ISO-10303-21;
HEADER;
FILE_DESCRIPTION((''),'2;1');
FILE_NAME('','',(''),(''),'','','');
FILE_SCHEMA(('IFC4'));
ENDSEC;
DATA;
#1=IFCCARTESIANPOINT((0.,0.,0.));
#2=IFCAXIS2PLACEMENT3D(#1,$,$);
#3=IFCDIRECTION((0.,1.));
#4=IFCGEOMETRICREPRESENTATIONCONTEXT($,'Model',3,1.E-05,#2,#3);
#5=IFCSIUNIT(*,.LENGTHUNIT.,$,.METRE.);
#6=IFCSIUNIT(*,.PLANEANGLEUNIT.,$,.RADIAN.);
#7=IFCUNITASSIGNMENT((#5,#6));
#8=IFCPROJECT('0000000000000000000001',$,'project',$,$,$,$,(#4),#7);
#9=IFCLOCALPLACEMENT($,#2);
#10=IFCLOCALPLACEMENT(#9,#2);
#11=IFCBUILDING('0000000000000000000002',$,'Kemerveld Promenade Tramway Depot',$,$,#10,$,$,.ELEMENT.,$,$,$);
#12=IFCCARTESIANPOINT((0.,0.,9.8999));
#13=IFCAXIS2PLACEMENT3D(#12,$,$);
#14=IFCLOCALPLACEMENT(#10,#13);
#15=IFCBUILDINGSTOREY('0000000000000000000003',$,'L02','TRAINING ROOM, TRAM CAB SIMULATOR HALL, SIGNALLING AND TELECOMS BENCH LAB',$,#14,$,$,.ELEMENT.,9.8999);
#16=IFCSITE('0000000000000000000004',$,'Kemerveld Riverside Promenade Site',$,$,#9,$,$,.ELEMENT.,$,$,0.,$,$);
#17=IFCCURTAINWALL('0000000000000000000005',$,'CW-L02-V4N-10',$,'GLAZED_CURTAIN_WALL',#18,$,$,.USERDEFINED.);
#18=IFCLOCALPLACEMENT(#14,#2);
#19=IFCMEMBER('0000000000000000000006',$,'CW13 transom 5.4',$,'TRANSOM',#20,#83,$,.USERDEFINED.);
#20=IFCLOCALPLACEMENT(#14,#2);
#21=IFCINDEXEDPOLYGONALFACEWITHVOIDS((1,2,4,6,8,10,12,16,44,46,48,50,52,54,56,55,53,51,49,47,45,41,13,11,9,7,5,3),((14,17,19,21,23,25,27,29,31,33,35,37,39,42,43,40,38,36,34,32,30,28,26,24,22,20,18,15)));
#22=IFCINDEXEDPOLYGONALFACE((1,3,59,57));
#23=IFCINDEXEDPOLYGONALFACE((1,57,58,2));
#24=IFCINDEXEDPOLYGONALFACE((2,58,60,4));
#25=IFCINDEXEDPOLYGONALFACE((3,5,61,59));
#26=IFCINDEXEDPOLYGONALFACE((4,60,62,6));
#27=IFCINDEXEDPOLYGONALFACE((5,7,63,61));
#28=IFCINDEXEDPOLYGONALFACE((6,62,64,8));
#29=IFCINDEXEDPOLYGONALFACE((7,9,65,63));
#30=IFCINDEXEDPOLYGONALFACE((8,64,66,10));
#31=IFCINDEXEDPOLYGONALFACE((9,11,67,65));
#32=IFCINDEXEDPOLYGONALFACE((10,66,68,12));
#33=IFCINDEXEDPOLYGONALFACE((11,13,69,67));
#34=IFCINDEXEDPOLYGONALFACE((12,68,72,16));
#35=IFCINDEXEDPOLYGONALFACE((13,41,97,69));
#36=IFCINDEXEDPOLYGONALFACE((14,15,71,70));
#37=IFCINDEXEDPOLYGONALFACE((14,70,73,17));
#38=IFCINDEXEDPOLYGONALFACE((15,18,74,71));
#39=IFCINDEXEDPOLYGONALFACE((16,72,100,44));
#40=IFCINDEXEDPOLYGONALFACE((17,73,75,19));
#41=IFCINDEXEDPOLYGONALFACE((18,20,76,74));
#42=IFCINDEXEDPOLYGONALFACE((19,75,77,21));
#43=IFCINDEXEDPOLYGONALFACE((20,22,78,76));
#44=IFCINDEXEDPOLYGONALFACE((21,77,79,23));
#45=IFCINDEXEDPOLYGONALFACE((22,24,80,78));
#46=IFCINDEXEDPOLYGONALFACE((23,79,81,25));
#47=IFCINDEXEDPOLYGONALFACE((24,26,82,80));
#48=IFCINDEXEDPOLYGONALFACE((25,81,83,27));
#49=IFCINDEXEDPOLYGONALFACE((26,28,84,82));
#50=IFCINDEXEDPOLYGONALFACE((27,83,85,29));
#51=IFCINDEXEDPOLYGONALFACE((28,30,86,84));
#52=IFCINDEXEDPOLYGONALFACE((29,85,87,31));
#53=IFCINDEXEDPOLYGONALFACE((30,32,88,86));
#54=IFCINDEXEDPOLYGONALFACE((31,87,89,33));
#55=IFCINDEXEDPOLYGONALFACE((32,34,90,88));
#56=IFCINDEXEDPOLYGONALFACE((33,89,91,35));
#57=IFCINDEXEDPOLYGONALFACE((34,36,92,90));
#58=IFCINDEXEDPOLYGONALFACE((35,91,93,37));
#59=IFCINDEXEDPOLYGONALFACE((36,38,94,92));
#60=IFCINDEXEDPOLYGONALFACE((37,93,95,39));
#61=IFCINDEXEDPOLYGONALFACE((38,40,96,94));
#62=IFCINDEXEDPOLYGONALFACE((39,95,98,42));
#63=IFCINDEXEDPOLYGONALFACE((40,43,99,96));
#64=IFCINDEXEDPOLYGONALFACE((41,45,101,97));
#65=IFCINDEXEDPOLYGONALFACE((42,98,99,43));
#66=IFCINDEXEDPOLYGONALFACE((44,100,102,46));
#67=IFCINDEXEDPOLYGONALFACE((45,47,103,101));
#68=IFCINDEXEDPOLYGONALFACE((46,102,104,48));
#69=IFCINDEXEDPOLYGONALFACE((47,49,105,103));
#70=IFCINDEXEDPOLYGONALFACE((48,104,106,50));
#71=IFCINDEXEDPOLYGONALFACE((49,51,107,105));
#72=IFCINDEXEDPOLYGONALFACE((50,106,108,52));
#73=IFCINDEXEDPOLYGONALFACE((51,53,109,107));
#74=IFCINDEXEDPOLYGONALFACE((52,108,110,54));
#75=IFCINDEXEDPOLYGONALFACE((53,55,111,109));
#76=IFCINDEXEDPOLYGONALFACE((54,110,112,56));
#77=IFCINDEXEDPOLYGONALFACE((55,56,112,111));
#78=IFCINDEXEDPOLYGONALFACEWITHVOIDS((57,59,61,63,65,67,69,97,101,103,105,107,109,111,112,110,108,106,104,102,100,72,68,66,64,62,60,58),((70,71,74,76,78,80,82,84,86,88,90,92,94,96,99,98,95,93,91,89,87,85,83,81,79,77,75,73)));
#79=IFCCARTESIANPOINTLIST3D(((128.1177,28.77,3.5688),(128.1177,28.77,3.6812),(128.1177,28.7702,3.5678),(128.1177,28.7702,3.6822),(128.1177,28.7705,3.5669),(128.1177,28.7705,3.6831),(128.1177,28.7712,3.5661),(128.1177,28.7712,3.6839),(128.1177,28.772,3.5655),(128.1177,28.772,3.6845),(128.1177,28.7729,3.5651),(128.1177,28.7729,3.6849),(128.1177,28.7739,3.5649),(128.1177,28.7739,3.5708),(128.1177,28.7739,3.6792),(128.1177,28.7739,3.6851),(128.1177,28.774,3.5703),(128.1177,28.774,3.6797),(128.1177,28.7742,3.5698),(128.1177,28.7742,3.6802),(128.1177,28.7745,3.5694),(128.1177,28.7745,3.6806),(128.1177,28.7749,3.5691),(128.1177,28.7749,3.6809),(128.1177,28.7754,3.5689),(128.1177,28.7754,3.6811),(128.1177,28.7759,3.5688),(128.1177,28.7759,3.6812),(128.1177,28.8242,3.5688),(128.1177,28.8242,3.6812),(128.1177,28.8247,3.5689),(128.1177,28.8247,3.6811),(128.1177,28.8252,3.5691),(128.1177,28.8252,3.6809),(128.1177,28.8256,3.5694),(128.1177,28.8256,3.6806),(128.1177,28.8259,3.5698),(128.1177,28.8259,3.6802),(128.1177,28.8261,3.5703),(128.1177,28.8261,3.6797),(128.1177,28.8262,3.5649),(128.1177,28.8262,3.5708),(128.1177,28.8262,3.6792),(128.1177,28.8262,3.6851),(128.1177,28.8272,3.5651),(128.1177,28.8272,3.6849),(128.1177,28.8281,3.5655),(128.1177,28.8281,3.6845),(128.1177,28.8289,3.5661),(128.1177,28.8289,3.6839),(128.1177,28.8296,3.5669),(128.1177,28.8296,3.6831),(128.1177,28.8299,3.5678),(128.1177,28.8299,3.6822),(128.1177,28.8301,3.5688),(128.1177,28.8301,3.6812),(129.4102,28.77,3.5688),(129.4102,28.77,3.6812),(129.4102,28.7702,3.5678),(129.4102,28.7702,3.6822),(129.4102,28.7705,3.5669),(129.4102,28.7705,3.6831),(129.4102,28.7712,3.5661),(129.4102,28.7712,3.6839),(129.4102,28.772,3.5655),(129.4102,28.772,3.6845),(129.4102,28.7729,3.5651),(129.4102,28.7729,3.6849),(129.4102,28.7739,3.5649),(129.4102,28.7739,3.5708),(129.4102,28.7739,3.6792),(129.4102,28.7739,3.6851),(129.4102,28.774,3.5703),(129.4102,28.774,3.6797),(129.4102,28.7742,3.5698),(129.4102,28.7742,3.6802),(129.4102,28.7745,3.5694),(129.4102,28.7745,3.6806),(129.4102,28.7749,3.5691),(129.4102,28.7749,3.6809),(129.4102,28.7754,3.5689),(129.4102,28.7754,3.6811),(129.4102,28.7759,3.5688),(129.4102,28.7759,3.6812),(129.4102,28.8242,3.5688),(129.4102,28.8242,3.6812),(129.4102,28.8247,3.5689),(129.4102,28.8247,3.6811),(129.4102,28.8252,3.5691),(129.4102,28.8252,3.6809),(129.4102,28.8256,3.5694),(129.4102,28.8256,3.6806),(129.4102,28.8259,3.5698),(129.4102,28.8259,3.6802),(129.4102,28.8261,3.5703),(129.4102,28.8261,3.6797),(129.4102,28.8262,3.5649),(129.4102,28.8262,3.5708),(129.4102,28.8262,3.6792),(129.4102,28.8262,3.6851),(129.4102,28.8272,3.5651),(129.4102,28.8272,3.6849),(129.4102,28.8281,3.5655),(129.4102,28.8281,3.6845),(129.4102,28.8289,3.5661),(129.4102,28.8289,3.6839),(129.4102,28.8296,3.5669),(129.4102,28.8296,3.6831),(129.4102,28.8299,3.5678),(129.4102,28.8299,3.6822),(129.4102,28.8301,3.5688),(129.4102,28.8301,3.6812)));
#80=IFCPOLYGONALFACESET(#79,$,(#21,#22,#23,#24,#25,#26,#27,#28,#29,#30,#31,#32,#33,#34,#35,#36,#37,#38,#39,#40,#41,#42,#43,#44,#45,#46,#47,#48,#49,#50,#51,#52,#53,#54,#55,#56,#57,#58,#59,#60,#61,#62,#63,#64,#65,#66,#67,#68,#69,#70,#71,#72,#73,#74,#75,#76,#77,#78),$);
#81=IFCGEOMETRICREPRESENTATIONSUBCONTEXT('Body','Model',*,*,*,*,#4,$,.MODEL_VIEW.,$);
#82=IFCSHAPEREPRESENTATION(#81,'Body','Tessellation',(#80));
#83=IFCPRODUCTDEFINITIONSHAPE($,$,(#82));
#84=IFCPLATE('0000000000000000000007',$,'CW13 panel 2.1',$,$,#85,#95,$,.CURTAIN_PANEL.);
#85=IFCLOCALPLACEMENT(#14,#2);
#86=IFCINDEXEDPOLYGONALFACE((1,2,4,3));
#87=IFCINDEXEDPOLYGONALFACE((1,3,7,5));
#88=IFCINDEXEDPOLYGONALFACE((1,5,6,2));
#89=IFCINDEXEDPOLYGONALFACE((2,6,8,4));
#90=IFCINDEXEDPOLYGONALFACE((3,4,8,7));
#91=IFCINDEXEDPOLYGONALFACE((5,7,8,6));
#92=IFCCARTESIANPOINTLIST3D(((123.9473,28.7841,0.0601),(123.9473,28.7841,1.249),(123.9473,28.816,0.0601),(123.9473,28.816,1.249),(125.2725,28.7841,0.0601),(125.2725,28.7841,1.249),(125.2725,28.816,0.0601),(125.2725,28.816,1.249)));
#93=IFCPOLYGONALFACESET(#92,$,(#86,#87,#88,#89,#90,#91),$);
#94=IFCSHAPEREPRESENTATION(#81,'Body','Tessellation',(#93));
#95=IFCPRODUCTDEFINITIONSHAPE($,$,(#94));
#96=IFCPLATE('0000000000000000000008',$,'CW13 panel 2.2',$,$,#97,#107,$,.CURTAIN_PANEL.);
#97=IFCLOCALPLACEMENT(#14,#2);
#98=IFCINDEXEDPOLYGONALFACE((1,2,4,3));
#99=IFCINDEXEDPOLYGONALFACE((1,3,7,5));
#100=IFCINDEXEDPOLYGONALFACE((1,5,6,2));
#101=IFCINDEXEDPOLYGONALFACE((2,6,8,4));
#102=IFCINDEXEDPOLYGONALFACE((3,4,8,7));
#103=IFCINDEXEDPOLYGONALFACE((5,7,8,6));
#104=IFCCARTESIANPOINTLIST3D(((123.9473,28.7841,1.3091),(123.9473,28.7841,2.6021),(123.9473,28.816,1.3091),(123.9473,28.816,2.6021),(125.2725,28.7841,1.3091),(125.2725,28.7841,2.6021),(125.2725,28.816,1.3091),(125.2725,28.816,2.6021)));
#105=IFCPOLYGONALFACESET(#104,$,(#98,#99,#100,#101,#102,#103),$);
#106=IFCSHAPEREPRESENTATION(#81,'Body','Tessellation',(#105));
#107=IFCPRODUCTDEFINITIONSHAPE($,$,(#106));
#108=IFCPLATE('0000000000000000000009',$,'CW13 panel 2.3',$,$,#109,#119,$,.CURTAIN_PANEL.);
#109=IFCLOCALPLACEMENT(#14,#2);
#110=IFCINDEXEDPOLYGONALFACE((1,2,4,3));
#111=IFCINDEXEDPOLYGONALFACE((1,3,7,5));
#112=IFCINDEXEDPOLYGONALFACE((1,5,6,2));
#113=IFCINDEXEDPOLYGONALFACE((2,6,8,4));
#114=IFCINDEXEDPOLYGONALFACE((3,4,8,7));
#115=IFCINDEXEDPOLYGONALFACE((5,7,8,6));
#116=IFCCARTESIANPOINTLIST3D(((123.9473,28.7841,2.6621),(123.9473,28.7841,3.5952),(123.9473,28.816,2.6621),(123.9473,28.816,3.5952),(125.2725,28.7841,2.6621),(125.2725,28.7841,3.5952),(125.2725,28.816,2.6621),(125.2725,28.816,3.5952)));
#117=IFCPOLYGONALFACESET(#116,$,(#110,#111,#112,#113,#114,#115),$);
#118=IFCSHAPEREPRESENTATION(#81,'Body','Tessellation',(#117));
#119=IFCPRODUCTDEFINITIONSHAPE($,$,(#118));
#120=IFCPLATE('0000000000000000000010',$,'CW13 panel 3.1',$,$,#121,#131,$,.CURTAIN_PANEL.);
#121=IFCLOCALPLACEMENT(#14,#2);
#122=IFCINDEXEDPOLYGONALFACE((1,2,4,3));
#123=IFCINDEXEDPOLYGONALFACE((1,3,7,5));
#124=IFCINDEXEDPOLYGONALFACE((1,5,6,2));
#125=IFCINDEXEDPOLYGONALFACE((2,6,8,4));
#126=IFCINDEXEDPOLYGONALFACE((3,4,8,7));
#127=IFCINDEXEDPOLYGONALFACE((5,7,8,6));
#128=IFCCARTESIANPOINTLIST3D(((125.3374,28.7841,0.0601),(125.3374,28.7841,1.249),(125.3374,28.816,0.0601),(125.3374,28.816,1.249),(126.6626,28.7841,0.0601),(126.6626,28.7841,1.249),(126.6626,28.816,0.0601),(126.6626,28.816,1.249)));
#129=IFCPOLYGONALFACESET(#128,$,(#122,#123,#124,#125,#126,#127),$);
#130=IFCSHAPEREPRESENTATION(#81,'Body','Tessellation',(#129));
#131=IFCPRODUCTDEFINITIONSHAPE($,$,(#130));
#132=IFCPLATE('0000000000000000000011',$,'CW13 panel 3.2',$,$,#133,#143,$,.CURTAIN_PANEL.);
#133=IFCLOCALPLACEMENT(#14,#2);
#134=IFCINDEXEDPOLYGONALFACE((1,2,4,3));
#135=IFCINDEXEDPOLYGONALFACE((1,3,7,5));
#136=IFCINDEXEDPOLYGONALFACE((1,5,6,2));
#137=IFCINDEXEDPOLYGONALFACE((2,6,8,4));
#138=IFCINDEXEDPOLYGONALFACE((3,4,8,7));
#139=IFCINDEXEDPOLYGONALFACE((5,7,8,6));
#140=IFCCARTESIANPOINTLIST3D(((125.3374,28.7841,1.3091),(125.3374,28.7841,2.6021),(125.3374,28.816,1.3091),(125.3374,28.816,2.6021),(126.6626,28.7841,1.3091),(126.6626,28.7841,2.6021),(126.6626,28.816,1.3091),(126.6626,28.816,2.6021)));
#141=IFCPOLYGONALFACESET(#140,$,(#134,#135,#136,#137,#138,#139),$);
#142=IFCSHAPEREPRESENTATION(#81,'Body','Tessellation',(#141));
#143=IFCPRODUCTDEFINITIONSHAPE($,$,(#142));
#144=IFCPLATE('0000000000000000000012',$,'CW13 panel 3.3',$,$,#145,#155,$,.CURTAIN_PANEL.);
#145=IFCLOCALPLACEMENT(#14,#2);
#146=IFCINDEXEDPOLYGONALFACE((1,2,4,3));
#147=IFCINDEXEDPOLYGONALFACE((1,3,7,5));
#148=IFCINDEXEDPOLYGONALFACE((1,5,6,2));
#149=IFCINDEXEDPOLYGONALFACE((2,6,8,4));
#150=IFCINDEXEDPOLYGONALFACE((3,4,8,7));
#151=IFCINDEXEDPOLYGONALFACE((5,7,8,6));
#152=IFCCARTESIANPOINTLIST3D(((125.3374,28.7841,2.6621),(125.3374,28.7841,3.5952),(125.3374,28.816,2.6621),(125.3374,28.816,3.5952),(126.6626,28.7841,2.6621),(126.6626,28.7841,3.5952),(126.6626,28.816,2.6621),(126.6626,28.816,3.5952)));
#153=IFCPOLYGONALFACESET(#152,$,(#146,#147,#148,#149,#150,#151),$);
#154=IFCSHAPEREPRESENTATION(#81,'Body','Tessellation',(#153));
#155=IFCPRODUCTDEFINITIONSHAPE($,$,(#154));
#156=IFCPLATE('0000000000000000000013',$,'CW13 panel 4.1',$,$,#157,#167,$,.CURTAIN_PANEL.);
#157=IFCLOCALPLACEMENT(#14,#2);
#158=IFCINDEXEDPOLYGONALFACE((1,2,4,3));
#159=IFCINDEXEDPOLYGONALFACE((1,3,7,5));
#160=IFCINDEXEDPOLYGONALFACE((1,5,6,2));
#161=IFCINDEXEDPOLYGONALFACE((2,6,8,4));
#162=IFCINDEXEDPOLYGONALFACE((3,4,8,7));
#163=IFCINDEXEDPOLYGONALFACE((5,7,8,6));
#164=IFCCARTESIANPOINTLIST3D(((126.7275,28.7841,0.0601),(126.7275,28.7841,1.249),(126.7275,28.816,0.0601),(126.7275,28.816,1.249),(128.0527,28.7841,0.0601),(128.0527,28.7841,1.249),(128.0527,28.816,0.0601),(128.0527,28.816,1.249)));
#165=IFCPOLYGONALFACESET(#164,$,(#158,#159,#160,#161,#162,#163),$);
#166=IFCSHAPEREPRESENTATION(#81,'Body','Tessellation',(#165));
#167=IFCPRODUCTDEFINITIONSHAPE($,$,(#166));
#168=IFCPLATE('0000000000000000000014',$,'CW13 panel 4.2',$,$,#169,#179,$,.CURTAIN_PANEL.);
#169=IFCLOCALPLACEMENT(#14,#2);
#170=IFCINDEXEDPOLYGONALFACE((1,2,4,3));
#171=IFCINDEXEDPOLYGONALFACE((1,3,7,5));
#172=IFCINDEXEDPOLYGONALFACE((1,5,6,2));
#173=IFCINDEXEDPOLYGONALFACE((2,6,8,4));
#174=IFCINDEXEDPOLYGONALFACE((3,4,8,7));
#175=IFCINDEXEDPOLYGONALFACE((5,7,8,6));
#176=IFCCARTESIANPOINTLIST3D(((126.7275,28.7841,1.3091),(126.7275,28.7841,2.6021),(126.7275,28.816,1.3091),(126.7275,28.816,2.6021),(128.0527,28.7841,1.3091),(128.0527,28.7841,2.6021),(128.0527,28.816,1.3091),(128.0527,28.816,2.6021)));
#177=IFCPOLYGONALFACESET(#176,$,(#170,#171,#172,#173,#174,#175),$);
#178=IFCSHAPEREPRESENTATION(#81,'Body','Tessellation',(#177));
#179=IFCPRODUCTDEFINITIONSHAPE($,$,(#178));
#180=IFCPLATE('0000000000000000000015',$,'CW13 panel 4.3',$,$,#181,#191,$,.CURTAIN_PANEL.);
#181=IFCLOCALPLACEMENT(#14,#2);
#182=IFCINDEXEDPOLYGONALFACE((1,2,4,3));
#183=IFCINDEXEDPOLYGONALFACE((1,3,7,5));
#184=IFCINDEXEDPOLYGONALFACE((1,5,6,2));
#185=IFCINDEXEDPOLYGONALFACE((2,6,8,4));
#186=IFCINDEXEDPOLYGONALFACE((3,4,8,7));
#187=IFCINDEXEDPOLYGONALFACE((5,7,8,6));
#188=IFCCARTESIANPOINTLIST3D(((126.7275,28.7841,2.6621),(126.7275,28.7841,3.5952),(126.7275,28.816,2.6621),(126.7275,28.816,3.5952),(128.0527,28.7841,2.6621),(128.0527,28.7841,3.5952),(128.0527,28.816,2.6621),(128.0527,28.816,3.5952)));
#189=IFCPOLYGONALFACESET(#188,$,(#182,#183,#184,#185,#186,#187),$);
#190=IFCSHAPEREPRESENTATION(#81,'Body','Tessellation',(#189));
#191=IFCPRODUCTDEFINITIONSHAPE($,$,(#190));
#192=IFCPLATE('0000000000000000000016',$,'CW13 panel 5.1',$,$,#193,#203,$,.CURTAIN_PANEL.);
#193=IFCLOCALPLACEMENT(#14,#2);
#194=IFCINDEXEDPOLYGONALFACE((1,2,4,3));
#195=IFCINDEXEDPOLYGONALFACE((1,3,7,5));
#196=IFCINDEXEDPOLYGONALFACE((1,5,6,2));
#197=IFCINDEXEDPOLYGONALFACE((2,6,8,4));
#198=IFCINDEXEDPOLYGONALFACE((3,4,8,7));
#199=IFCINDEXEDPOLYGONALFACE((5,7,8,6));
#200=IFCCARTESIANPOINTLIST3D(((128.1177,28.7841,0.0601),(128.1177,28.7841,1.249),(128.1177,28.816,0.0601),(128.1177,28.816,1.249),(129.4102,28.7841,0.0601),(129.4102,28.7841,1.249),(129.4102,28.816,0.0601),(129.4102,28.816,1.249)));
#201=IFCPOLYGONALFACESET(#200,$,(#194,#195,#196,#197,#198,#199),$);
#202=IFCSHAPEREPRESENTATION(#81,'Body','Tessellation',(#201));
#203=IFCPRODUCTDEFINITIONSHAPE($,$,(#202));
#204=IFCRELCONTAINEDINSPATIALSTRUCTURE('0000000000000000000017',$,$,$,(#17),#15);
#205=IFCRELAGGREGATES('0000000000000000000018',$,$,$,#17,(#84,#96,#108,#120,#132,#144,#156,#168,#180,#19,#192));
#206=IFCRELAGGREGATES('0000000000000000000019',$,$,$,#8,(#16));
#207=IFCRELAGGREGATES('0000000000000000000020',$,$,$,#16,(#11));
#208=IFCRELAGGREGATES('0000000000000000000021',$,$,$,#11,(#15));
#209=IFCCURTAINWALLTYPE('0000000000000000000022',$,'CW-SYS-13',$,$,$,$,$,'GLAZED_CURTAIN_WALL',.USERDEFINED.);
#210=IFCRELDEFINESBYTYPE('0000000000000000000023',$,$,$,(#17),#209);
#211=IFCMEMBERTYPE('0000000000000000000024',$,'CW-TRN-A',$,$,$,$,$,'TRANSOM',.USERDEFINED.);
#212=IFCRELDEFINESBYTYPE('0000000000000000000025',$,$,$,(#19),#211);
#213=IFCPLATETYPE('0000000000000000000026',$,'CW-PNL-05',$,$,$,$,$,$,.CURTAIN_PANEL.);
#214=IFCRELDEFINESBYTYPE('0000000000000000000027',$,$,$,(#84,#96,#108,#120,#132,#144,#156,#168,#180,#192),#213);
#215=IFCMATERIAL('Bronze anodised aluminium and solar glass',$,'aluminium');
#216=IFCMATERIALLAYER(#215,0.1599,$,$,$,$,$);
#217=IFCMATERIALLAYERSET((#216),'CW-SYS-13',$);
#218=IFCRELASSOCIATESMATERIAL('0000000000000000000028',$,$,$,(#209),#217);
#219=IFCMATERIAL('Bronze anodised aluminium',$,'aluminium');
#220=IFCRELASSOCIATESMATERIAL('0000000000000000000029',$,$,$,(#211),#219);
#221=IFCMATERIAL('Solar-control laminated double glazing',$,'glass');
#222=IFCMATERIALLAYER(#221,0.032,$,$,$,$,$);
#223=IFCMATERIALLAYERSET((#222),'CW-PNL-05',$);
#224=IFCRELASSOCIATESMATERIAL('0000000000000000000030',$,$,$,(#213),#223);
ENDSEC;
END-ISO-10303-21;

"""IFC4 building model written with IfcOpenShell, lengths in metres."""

from ifc_helpers import new_model, si_unit, direction, frame, origin, origin_2d, place, context, subcontext, project, spatial, rectangle, hollow_rectangle, extrude, material, layer, layer_set, material_profile, profile_set, type_object, element, aggregate, save


model = new_model("IFC4")

# Units and contexts
model_context = context("Model", 3, precision=1e-05, world=origin(), true_north=direction((0.0, 1.0)))
body_context = subcontext(model_context, "Body", "Model", "MODEL_VIEW")
ifc_project = project(units=[si_unit("LENGTHUNIT", "METRE"), si_unit("PLANEANGLEUNIT", "RADIAN")], contexts=[model_context])

# Site, building, storey
site_placement = place(None, origin())
site = spatial("IfcSite", under=ifc_project, at=site_placement, Name="Kemerveld Riverside Promenade Site", CompositionType="ELEMENT", RefElevation=0.0)
building_placement = place(site_placement, origin())
building = spatial("IfcBuilding", under=site, at=building_placement, Name="Kemerveld Promenade Tramway Depot", CompositionType="ELEMENT")
storey_placement = place(building_placement, frame((0.0, 0.0, 9.8999)))
storey = spatial("IfcBuildingStorey", under=building, at=storey_placement, Name="L02", Description="TRAINING ROOM, TRAM CAB SIMULATOR HALL, SIGNALLING AND TELECOMS BENCH LAB", CompositionType="ELEMENT", Elevation=9.8999)

# Curtain wall, member, plates
ifc_material_1 = material(Name="Bronze anodised aluminium and solar glass", Category="aluminium")
ifc_layer_1 = layer(ifc_material_1, 0.1599)
ifc_layer_set_1 = layer_set([ifc_layer_1], Name="CW-SYS-13")
curtain_wall_type = type_object("IfcCurtainWallType", Name="CW-SYS-13", ElementType="GLAZED_CURTAIN_WALL", PredefinedType="USERDEFINED", material=ifc_layer_set_1)
curtain_wall_placement = place(storey_placement, origin())
curtain_wall = element("IfcCurtainWall", 1, at=curtain_wall_placement, inside=storey, type_object=curtain_wall_type, Name="CW-L02-V4N-10", ObjectType="GLAZED_CURTAIN_WALL", PredefinedType="USERDEFINED")
ifc_material_2 = material(Name="Bronze anodised aluminium", Category="aluminium")
ifc_material_profile_1 = material_profile(ifc_material_2, hollow_rectangle(XDim=0.0601, YDim=0.1201, WallThickness=0.0039, InnerFilletRadius=0.002, OuterFilletRadius=0.0039, at=origin_2d()), Name="CW-TRN-120x60")
ifc_profile_set_1 = profile_set([ifc_material_profile_1], Name="Bronze anodised aluminium")
member_type_1 = type_object("IfcMemberType", Name="CW-TRN-A", ElementType="TRANSOM", PredefinedType="USERDEFINED", material=ifc_profile_set_1)
member_1_placement = place(storey_placement, frame((128.1177, 28.8, 3.625), z_axis=(1.0, 0.0, 0.0), x_axis=(0.0, 1.0, 0.0)))
member_1 = element("IfcMember", 2, at=member_1_placement, type_object=member_type_1, Name="CW13 transom 5.4", ObjectType="TRANSOM", PredefinedType="USERDEFINED", context=body_context, shape_type="SweptSolid", body=[
    extrude(hollow_rectangle(XDim=0.0601, YDim=0.1201, WallThickness=0.0039, InnerFilletRadius=0.002, OuterFilletRadius=0.0039, at=origin_2d()), origin(), (0.0, 0.0, 1.0), 1.2925),
])
ifc_material_3 = material(Name="Solar-control laminated double glazing", Category="glass")
ifc_layer_2 = layer(ifc_material_3, 0.032)
ifc_layer_set_2 = layer_set([ifc_layer_2], Name="CW-PNL-05")
plate_type = type_object("IfcPlateType", Name="CW-PNL-05", PredefinedType="CURTAIN_PANEL", material=ifc_layer_set_2)
plate_1_placement = place(storey_placement, frame((124.6099, 28.8, 0.0601), z_axis=(0.0, 0.0, 1.0), x_axis=(1.0, 0.0, 0.0)))
plate_1 = element("IfcPlate", 3, at=plate_1_placement, type_object=plate_type, Name="CW13 panel 2.1", PredefinedType="CURTAIN_PANEL", context=body_context, shape_type="SweptSolid", body=[
    extrude(rectangle(XDim=1.3252, YDim=0.032, at=origin_2d()), origin(), (0.0, 0.0, 1.0), 1.189),
])
plate_2_placement = place(storey_placement, frame((124.6099, 28.8, 1.3091), z_axis=(0.0, 0.0, 1.0), x_axis=(1.0, 0.0, 0.0)))
plate_2 = element("IfcPlate", 4, at=plate_2_placement, type_object=plate_type, Name="CW13 panel 2.2", PredefinedType="CURTAIN_PANEL", context=body_context, shape_type="SweptSolid", body=[
    extrude(rectangle(XDim=1.3252, YDim=0.032, at=origin_2d()), origin(), (0.0, 0.0, 1.0), 1.293),
])
plate_3_placement = place(storey_placement, frame((124.6099, 28.8, 2.6621), z_axis=(0.0, 0.0, 1.0), x_axis=(1.0, 0.0, 0.0)))
plate_3 = element("IfcPlate", 5, at=plate_3_placement, type_object=plate_type, Name="CW13 panel 2.3", PredefinedType="CURTAIN_PANEL", context=body_context, shape_type="SweptSolid", body=[
    extrude(rectangle(XDim=1.3252, YDim=0.032, at=origin_2d()), origin(), (0.0, 0.0, 1.0), 0.9331),
])
plate_4_placement = place(storey_placement, frame((126.0, 28.8, 0.0601), z_axis=(0.0, 0.0, 1.0), x_axis=(1.0, 0.0, 0.0)))
plate_4 = element("IfcPlate", 6, at=plate_4_placement, type_object=plate_type, Name="CW13 panel 3.1", PredefinedType="CURTAIN_PANEL", context=body_context, shape_type="SweptSolid", body=[
    extrude(rectangle(XDim=1.3252, YDim=0.032, at=origin_2d()), origin(), (0.0, 0.0, 1.0), 1.189),
])
plate_5_placement = place(storey_placement, frame((126.0, 28.8, 1.3091), z_axis=(0.0, 0.0, 1.0), x_axis=(1.0, 0.0, 0.0)))
plate_5 = element("IfcPlate", 7, at=plate_5_placement, type_object=plate_type, Name="CW13 panel 3.2", PredefinedType="CURTAIN_PANEL", context=body_context, shape_type="SweptSolid", body=[
    extrude(rectangle(XDim=1.3252, YDim=0.032, at=origin_2d()), origin(), (0.0, 0.0, 1.0), 1.293),
])
plate_6_placement = place(storey_placement, frame((126.0, 28.8, 2.6621), z_axis=(0.0, 0.0, 1.0), x_axis=(1.0, 0.0, 0.0)))
plate_6 = element("IfcPlate", 8, at=plate_6_placement, type_object=plate_type, Name="CW13 panel 3.3", PredefinedType="CURTAIN_PANEL", context=body_context, shape_type="SweptSolid", body=[
    extrude(rectangle(XDim=1.3252, YDim=0.032, at=origin_2d()), origin(), (0.0, 0.0, 1.0), 0.9331),
])
plate_7_placement = place(storey_placement, frame((127.3901, 28.8, 0.0601), z_axis=(0.0, 0.0, 1.0), x_axis=(1.0, 0.0, 0.0)))
plate_7 = element("IfcPlate", 9, at=plate_7_placement, type_object=plate_type, Name="CW13 panel 4.1", PredefinedType="CURTAIN_PANEL", context=body_context, shape_type="SweptSolid", body=[
    extrude(rectangle(XDim=1.3252, YDim=0.032, at=origin_2d()), origin(), (0.0, 0.0, 1.0), 1.189),
])
plate_8_placement = place(storey_placement, frame((127.3901, 28.8, 1.3091), z_axis=(0.0, 0.0, 1.0), x_axis=(1.0, 0.0, 0.0)))
plate_8 = element("IfcPlate", 10, at=plate_8_placement, type_object=plate_type, Name="CW13 panel 4.2", PredefinedType="CURTAIN_PANEL", context=body_context, shape_type="SweptSolid", body=[
    extrude(rectangle(XDim=1.3252, YDim=0.032, at=origin_2d()), origin(), (0.0, 0.0, 1.0), 1.293),
])
plate_9_placement = place(storey_placement, frame((127.3901, 28.8, 2.6621), z_axis=(0.0, 0.0, 1.0), x_axis=(1.0, 0.0, 0.0)))
plate_9 = element("IfcPlate", 11, at=plate_9_placement, type_object=plate_type, Name="CW13 panel 4.3", PredefinedType="CURTAIN_PANEL", context=body_context, shape_type="SweptSolid", body=[
    extrude(rectangle(XDim=1.3252, YDim=0.032, at=origin_2d()), origin(), (0.0, 0.0, 1.0), 0.9331),
])
plate_10_placement = place(storey_placement, frame((128.7639, 28.8, 0.0601), z_axis=(0.0, 0.0, 1.0), x_axis=(1.0, 0.0, 0.0)))
plate_10 = element("IfcPlate", 12, at=plate_10_placement, type_object=plate_type, Name="CW13 panel 5.1", PredefinedType="CURTAIN_PANEL", context=body_context, shape_type="SweptSolid", body=[
    extrude(rectangle(XDim=1.2925, YDim=0.032, at=origin_2d()), origin(), (0.0, 0.0, 1.0), 1.189),
])
aggregate(curtain_wall, [plate_1, plate_2, plate_3, plate_4, plate_5, plate_6, plate_7, plate_8, plate_9, member_1, plate_10])

save(model, "model.ifc")
